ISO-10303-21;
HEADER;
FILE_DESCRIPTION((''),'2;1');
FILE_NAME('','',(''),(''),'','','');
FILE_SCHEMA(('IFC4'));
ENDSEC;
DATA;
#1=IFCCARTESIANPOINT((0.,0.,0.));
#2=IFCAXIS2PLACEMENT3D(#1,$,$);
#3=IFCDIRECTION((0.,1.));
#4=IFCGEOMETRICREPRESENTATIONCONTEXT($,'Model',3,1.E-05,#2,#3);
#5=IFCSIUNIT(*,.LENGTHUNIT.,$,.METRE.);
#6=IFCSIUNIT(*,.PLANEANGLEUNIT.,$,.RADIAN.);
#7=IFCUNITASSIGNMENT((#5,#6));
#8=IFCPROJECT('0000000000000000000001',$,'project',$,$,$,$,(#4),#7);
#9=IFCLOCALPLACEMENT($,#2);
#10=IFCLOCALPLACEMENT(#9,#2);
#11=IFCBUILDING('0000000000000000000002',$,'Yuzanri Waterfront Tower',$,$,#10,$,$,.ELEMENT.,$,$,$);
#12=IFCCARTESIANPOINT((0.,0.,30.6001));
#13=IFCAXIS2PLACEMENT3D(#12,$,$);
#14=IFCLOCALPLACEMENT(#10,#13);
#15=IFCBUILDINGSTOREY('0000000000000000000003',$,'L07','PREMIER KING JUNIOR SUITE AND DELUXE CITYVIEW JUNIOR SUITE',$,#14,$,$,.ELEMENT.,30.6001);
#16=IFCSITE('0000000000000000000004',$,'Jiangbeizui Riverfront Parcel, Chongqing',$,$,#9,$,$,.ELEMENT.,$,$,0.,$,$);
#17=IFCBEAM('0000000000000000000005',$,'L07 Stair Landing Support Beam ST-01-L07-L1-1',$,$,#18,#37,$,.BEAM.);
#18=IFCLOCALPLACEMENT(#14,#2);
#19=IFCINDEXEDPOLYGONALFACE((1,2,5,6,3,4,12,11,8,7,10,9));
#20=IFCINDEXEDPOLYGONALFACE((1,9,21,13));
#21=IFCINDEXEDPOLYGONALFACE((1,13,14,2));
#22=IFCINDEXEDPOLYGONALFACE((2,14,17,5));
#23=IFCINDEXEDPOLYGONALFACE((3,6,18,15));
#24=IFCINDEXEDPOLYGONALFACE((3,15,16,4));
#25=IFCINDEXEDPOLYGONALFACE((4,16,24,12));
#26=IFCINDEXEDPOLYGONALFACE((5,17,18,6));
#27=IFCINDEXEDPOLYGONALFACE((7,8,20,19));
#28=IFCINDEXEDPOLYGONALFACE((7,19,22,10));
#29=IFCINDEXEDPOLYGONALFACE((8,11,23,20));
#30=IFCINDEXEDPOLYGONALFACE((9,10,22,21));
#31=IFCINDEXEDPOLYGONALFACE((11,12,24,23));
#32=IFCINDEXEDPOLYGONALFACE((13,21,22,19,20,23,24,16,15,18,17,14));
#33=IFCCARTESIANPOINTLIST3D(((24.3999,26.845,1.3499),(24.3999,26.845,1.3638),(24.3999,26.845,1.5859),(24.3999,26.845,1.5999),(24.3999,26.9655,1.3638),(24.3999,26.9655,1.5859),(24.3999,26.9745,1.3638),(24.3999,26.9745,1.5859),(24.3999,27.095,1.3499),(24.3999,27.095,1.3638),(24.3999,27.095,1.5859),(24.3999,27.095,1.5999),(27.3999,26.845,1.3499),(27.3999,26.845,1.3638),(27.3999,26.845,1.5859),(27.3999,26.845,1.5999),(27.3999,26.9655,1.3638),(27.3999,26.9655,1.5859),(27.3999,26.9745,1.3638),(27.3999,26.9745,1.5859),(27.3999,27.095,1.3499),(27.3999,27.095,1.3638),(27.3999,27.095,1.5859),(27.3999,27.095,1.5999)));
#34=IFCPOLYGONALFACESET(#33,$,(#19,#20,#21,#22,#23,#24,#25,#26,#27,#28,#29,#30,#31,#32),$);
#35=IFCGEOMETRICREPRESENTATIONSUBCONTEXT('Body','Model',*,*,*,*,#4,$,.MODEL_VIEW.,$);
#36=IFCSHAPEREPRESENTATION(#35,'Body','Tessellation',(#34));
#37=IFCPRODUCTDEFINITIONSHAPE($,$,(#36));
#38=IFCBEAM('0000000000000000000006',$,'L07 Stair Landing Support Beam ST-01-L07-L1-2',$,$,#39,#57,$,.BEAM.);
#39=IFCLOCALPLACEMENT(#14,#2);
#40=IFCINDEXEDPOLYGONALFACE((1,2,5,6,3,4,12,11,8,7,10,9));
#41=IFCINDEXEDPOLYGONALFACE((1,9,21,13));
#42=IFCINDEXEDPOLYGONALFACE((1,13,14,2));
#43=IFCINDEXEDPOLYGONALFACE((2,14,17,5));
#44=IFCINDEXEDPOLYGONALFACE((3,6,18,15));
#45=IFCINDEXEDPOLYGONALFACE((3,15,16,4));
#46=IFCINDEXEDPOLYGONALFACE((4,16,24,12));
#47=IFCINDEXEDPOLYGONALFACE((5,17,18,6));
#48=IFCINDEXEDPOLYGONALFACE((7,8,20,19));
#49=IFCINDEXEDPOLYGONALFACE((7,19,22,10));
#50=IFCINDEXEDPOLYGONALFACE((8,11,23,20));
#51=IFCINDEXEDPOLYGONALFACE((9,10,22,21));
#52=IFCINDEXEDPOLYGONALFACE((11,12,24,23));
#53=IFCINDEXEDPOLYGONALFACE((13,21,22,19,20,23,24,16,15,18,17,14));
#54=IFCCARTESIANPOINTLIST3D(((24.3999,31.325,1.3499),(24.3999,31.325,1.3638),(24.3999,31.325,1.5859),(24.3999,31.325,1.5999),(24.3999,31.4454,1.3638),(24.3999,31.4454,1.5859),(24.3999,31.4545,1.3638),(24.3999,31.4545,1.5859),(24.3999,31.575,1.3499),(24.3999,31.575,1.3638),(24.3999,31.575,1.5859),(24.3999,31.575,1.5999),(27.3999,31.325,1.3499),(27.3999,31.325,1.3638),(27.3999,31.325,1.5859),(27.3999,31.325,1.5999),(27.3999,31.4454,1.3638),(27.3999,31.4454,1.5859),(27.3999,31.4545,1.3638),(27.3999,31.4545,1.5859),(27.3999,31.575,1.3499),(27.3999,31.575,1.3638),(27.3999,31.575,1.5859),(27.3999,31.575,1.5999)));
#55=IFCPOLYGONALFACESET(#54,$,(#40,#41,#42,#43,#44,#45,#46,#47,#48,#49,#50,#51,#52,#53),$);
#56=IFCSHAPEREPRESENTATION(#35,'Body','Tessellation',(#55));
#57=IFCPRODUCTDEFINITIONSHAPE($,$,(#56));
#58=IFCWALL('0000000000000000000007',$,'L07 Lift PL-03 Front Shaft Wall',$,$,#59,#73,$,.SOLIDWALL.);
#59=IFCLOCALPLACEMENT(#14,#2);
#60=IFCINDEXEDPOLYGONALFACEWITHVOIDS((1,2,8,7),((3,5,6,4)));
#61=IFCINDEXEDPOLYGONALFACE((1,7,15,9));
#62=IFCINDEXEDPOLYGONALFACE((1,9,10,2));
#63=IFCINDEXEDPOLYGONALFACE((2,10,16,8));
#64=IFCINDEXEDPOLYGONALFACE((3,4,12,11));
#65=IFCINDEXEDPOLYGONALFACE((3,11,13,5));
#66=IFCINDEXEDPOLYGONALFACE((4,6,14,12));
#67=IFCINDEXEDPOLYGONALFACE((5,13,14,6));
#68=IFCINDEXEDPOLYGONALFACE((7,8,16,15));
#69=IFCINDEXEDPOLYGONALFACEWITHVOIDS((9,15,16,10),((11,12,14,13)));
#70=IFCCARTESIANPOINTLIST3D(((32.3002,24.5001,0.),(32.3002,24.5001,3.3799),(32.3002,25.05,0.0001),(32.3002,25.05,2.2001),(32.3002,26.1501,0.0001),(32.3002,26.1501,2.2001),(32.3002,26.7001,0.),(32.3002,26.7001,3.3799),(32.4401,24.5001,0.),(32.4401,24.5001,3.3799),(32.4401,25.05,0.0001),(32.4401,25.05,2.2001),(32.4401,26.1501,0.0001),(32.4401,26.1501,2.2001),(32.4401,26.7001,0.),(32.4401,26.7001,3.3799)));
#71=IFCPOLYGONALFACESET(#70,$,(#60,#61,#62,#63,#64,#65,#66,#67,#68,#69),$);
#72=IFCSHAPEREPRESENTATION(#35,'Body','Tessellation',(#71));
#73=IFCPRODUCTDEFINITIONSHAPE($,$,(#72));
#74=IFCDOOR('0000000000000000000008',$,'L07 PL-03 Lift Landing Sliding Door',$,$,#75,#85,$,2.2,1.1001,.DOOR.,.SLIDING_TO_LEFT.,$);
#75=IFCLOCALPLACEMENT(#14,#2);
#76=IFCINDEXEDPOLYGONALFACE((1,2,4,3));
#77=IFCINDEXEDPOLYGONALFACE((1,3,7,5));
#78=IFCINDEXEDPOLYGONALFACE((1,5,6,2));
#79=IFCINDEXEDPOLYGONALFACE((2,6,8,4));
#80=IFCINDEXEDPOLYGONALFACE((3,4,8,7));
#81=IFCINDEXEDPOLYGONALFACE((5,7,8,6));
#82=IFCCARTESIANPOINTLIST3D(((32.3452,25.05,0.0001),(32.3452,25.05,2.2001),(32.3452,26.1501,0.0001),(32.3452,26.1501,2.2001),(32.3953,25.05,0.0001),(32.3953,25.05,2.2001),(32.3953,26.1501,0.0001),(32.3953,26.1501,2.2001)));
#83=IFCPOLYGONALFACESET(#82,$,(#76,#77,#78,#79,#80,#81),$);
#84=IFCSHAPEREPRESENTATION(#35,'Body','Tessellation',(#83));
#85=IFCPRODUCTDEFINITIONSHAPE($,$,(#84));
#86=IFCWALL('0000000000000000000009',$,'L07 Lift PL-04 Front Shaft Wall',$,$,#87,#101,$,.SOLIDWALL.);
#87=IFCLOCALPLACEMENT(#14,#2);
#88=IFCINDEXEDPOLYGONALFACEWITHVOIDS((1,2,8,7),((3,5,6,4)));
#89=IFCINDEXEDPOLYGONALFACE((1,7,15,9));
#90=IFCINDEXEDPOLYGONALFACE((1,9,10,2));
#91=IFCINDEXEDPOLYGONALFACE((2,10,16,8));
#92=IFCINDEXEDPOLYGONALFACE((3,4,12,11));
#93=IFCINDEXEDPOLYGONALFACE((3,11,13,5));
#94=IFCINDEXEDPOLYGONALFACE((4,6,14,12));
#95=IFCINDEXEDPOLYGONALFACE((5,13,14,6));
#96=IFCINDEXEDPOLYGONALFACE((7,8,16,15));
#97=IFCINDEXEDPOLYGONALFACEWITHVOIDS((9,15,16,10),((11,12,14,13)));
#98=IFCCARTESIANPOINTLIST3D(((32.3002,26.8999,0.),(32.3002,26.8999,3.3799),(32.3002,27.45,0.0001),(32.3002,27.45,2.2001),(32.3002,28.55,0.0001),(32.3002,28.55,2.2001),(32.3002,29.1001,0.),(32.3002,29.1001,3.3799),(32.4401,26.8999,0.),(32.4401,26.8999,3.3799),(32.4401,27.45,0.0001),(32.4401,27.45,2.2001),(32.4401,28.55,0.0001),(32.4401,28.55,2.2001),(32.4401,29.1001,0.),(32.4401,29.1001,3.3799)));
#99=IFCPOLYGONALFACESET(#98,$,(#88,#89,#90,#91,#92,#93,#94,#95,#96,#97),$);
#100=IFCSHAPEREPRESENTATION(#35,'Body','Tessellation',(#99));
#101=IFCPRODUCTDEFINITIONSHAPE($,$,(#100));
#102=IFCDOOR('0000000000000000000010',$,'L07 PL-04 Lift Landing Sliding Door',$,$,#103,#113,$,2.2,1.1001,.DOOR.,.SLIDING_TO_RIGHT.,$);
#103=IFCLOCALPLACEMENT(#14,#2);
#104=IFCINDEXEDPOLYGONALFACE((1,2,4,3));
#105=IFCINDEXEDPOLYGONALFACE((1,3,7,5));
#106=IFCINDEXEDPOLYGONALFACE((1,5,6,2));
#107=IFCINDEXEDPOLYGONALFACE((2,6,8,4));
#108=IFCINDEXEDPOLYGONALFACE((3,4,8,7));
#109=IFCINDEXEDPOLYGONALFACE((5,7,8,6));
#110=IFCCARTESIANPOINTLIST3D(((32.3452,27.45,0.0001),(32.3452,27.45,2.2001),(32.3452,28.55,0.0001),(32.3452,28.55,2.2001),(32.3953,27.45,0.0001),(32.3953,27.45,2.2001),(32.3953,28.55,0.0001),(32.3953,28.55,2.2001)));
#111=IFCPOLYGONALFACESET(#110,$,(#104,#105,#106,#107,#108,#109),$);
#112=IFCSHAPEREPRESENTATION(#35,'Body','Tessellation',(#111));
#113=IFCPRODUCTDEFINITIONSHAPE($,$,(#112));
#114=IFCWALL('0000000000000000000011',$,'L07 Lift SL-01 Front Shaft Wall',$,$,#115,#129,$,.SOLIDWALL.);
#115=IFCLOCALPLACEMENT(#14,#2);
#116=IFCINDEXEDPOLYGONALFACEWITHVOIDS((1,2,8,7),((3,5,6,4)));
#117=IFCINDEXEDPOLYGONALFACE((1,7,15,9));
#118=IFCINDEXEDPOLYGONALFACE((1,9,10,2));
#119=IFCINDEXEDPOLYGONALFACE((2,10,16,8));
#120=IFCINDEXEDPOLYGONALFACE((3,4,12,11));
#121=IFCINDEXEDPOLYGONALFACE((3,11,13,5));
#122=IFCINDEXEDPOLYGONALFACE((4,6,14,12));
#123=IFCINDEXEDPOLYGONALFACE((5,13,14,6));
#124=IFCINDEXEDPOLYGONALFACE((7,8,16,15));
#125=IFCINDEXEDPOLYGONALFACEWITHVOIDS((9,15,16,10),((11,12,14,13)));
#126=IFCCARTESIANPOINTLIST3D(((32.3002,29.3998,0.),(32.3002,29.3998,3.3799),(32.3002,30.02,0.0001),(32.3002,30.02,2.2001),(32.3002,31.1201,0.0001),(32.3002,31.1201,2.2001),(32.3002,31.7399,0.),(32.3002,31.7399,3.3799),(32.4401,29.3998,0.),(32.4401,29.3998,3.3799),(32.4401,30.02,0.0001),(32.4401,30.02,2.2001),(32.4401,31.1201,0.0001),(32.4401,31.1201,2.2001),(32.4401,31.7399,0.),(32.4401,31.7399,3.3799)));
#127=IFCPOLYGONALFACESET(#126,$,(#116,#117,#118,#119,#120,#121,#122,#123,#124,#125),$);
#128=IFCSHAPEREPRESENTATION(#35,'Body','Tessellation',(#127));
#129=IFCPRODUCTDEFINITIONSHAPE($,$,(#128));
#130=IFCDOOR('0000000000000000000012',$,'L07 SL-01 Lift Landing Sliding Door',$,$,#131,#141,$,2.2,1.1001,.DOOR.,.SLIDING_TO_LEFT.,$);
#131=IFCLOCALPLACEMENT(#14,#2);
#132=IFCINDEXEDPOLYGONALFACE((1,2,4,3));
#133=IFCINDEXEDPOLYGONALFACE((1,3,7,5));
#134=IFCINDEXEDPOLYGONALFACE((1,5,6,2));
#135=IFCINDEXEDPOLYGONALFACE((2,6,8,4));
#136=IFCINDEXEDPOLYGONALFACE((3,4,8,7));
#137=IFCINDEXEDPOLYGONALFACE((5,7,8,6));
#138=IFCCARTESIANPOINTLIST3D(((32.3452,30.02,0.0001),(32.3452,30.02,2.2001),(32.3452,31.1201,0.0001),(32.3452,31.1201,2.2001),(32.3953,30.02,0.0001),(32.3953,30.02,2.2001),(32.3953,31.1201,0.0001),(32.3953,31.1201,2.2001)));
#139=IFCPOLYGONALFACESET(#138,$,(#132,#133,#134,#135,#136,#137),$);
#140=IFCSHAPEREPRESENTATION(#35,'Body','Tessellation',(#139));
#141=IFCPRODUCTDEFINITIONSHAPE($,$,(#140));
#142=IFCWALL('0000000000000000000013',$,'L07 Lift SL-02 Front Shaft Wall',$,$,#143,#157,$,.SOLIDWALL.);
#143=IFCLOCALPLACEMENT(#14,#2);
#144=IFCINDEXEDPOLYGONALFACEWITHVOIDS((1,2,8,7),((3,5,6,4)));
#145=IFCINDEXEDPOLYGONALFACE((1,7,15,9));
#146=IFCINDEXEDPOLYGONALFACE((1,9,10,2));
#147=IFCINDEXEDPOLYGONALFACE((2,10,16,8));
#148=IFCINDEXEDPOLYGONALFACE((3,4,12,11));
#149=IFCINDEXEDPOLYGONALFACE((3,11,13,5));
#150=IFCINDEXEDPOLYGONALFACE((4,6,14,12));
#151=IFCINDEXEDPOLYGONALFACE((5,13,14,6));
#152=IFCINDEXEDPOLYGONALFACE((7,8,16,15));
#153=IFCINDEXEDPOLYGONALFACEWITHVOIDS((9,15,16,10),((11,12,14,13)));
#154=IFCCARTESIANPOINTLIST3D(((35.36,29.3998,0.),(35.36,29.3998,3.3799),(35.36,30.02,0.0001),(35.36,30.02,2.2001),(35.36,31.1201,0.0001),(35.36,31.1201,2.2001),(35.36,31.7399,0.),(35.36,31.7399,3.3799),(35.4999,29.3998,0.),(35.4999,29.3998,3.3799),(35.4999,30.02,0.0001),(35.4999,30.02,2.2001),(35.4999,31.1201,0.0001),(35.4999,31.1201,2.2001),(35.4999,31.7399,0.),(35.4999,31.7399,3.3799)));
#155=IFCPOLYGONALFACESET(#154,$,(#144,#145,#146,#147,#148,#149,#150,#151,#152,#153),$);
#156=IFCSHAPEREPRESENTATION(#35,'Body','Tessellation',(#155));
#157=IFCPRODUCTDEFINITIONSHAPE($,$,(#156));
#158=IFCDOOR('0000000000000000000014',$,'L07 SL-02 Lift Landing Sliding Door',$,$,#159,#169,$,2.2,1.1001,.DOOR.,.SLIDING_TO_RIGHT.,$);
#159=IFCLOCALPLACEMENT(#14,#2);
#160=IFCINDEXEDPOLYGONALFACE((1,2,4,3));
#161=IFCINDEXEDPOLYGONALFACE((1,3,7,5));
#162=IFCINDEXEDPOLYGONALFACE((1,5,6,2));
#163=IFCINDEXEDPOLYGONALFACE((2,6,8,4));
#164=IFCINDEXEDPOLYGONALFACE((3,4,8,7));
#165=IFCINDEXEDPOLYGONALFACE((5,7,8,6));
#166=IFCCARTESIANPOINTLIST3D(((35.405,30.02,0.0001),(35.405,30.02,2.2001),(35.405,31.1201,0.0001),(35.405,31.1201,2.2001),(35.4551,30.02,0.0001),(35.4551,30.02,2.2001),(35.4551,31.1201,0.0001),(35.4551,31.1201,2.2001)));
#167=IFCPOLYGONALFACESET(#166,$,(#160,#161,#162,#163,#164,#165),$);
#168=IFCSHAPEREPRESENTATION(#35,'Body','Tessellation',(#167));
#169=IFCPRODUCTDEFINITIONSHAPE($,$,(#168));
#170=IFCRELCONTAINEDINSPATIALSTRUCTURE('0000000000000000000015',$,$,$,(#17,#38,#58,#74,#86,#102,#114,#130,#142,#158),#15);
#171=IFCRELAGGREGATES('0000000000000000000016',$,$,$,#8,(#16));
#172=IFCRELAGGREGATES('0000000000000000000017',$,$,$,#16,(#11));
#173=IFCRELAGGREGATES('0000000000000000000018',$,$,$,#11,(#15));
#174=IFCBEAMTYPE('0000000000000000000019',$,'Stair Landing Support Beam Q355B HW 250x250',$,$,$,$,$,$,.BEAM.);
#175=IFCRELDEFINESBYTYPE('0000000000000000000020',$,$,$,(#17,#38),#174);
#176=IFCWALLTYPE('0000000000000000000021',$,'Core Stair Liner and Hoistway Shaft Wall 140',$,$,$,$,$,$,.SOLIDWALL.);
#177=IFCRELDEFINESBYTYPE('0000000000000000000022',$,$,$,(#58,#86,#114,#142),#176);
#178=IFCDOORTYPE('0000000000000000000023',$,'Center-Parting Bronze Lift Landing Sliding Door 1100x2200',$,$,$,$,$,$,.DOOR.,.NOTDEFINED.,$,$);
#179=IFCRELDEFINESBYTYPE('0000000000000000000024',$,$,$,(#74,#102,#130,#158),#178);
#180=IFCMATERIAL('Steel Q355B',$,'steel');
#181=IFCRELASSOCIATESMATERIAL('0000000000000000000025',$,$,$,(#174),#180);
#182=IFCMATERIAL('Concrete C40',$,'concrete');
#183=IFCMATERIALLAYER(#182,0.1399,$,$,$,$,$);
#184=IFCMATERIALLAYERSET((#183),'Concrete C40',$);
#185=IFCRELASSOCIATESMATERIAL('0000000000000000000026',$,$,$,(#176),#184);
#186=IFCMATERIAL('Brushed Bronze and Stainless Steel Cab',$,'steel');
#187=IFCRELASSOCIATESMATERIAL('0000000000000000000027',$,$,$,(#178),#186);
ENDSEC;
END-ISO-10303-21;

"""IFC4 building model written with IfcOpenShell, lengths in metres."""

from ifc_helpers import new_model, si_unit, direction, frame, frame_2d, origin, origin_2d, place, context, subcontext, project, spatial, rectangle, i_section, extrude, source, transform, mapped, material, layer, layer_set, material_profile, profile_set, type_object, element, fill, save


model = new_model("IFC4")

# Units and contexts
model_context = context("Model", 3, precision=1e-05, world=origin(), true_north=direction((0.0, 1.0)))
body_context = subcontext(model_context, "Body", "Model", "MODEL_VIEW")
ifc_project = project(units=[si_unit("LENGTHUNIT", "METRE"), si_unit("PLANEANGLEUNIT", "RADIAN")], contexts=[model_context])

# Site, building, storey
site_placement = place(None, origin())
site = spatial("IfcSite", under=ifc_project, at=site_placement, Name="Jiangbeizui Riverfront Parcel, Chongqing", CompositionType="ELEMENT", RefElevation=0.0)
building_placement = place(site_placement, origin())
building = spatial("IfcBuilding", under=site, at=building_placement, Name="Yuzanri Waterfront Tower", CompositionType="ELEMENT")
storey_placement = place(building_placement, frame((0.0, 0.0, 30.6001)))
storey = spatial("IfcBuildingStorey", under=building, at=storey_placement, Name="L07", Description="PREMIER KING JUNIOR SUITE AND DELUXE CITYVIEW JUNIOR SUITE", CompositionType="ELEMENT", Elevation=30.6001)

# Beams
ifc_material_1 = material(Name="Steel Q355B", Category="steel")
ifc_material_profile = material_profile(ifc_material_1, i_section(OverallWidth=0.25, OverallDepth=0.25, WebThickness=0.009, FlangeThickness=0.0139, at=origin_2d()), Name="HW 250x250x9x14")
ifc_profile_set = profile_set([ifc_material_profile], Name="Steel Q355B")
beam_type = type_object("IfcBeamType", Name="Stair Landing Support Beam Q355B HW 250x250", PredefinedType="BEAM", material=ifc_profile_set)
shared_shape_1 = source(origin(), body_context, "Body", "SweptSolid", [
    extrude(i_section(OverallWidth=0.25, OverallDepth=0.25, WebThickness=0.009, FlangeThickness=0.0139, at=origin_2d()), origin(), (0.0, 0.0, 1.0), 3.0),
])
for number, where, z_axis, x_axis, name in (
    (1, (24.3999, 26.97, 1.4749), (1.0, 0.0, 0.0), (0.0, 1.0, 0.0), "L07 Stair Landing Support Beam ST-01-L07-L1-1"),
    (2, (24.3999, 31.45, 1.4749), (1.0, 0.0, 0.0), (0.0, 1.0, 0.0), "L07 Stair Landing Support Beam ST-01-L07-L1-2"),
):
    element("IfcBeam", number, at=place(storey_placement, frame(where, z_axis=z_axis, x_axis=x_axis)), inside=storey, type_object=beam_type, Name=name, PredefinedType="BEAM", context=body_context, shape_type="MappedRepresentation", body=[
        mapped(shared_shape_1, transform((0.0, 0.0, 0.0), scale=1.0)),
    ])

# Walls, openings, doors
ifc_material_2 = material(Name="Concrete C40", Category="concrete")
ifc_layer_1 = layer(ifc_material_2, 0.1399)
ifc_layer_set_1 = layer_set([ifc_layer_1], Name="Concrete C40")
wall_type_1 = type_object("IfcWallType", Name="Core Stair Liner and Hoistway Shaft Wall 140", PredefinedType="SOLIDWALL", material=ifc_layer_set_1)
wall_1_placement = place(storey_placement, frame((32.3701, 24.5, 0.0), z_axis=(0.0, 0.0, 1.0), x_axis=(0.0, 1.0, 0.0)))
wall_1 = element("IfcWall", 3, at=wall_1_placement, inside=storey, type_object=wall_type_1, Name="L07 Lift PL-03 Front Shaft Wall", PredefinedType="SOLIDWALL", context=body_context, shape_type="SweptSolid", body=[
    extrude(rectangle(XDim=2.2, YDim=0.1399, at=frame_2d((1.1001, 0.0))), origin(), (0.0, 0.0, 1.0), 3.3799),
])
opening_1_placement = place(wall_1_placement, frame((0.55, 0.0, 0.0)))
opening_1 = element("IfcOpeningElement", 4, at=opening_1_placement, cuts=wall_1, PredefinedType="OPENING", context=body_context, shape_type="SweptSolid", body=[
    extrude(rectangle(XDim=1.1001, YDim=2.2, at=frame_2d((0.55, 1.1001))), frame((0.0, 0.085, 0.0), z_axis=(0.0, -1.0, 0.0), x_axis=(1.0, 0.0, 0.0)), (0.0, 0.0, 1.0), 0.1697),
])
ifc_material_3 = material(Name="Brushed Bronze and Stainless Steel Cab", Category="steel")
door_type_1 = type_object("IfcDoorType", Name="Center-Parting Bronze Lift Landing Sliding Door 1100x2200", OperationType="NOTDEFINED", PredefinedType="DOOR", material=ifc_material_3)
shared_shape_2 = source(origin(), body_context, "Body", "SweptSolid", [
    extrude(rectangle(XDim=1.1001, YDim=2.2, at=frame_2d((0.55, 1.1001))), frame((0.0, 0.0249, 0.0), z_axis=(0.0, -1.0, 0.0), x_axis=(1.0, 0.0, 0.0)), (0.0, 0.0, 1.0), 0.05),
])
door_1_placement = place(opening_1_placement, origin())
door_1 = element("IfcDoor", 5, at=door_1_placement, inside=storey, type_object=door_type_1, Name="L07 PL-03 Lift Landing Sliding Door", OperationType="SLIDING_TO_LEFT", OverallHeight=2.2, OverallWidth=1.1001, PredefinedType="DOOR", context=body_context, shape_type="MappedRepresentation", body=[
    mapped(shared_shape_2, transform((0.0, 0.0, 0.0), scale=1.0)),
])
fill(opening_1, door_1)
wall_2_placement = place(storey_placement, frame((32.3701, 26.8999, 0.0), z_axis=(0.0, 0.0, 1.0), x_axis=(0.0, 1.0, 0.0)))
wall_2 = element("IfcWall", 6, at=wall_2_placement, inside=storey, type_object=wall_type_1, Name="L07 Lift PL-04 Front Shaft Wall", PredefinedType="SOLIDWALL", context=body_context, shape_type="SweptSolid", body=[
    extrude(rectangle(XDim=2.2002, YDim=0.1399, at=frame_2d((1.1001, 0.0))), origin(), (0.0, 0.0, 1.0), 3.3799),
])
opening_2_placement = place(wall_2_placement, frame((0.55, 0.0, 0.0)))
opening_2 = element("IfcOpeningElement", 7, at=opening_2_placement, cuts=wall_2, PredefinedType="OPENING", context=body_context, shape_type="SweptSolid", body=[
    extrude(rectangle(XDim=1.1001, YDim=2.2, at=frame_2d((0.55, 1.1001))), frame((0.0, 0.085, 0.0), z_axis=(0.0, -1.0, 0.0), x_axis=(1.0, 0.0, 0.0)), (0.0, 0.0, 1.0), 0.1697),
])
door_2_placement = place(opening_2_placement, origin())
door_2 = element("IfcDoor", 8, at=door_2_placement, inside=storey, type_object=door_type_1, Name="L07 PL-04 Lift Landing Sliding Door", OperationType="SLIDING_TO_RIGHT", OverallHeight=2.2, OverallWidth=1.1001, PredefinedType="DOOR", context=body_context, shape_type="MappedRepresentation", body=[
    mapped(shared_shape_2, transform((0.0, 0.0, 0.0), scale=1.0)),
])
fill(opening_2, door_2)
wall_3_placement = place(storey_placement, frame((32.3701, 29.3999, 0.0), z_axis=(0.0, 0.0, 1.0), x_axis=(0.0, 1.0, 0.0)))
wall_3 = element("IfcWall", 9, at=wall_3_placement, inside=storey, type_object=wall_type_1, Name="L07 Lift SL-01 Front Shaft Wall", PredefinedType="SOLIDWALL", context=body_context, shape_type="SweptSolid", body=[
    extrude(rectangle(XDim=2.3401, YDim=0.1399, at=frame_2d((1.1699, 0.0))), origin(), (0.0, 0.0, 1.0), 3.3799),
])
opening_3_placement = place(wall_3_placement, frame((0.6201, 0.0, 0.0)))
opening_3 = element("IfcOpeningElement", 10, at=opening_3_placement, cuts=wall_3, PredefinedType="OPENING", context=body_context, shape_type="SweptSolid", body=[
    extrude(rectangle(XDim=1.1001, YDim=2.2, at=frame_2d((0.55, 1.1001))), frame((0.0, 0.085, 0.0), z_axis=(0.0, -1.0, 0.0), x_axis=(1.0, 0.0, 0.0)), (0.0, 0.0, 1.0), 0.1697),
])
door_3_placement = place(opening_3_placement, origin())
door_3 = element("IfcDoor", 11, at=door_3_placement, inside=storey, type_object=door_type_1, Name="L07 SL-01 Lift Landing Sliding Door", OperationType="SLIDING_TO_LEFT", OverallHeight=2.2, OverallWidth=1.1001, PredefinedType="DOOR", context=body_context, shape_type="MappedRepresentation", body=[
    mapped(shared_shape_2, transform((0.0, 0.0, 0.0), scale=1.0)),
])
fill(opening_3, door_3)
wall_4_placement = place(storey_placement, frame((35.4299, 29.3999, 0.0), z_axis=(0.0, 0.0, 1.0), x_axis=(0.0, 1.0, 0.0)))
wall_4 = element("IfcWall", 12, at=wall_4_placement, inside=storey, type_object=wall_type_1, Name="L07 Lift SL-02 Front Shaft Wall", PredefinedType="SOLIDWALL", context=body_context, shape_type="SweptSolid", body=[
    extrude(rectangle(XDim=2.3401, YDim=0.1399, at=frame_2d((1.1699, 0.0))), origin(), (0.0, 0.0, 1.0), 3.3799),
])
opening_4_placement = place(wall_4_placement, frame((0.6201, 0.0, 0.0)))
opening_4 = element("IfcOpeningElement", 13, at=opening_4_placement, cuts=wall_4, PredefinedType="OPENING", context=body_context, shape_type="SweptSolid", body=[
    extrude(rectangle(XDim=1.1001, YDim=2.2, at=frame_2d((0.55, 1.1001))), frame((0.0, 0.085, 0.0), z_axis=(0.0, -1.0, 0.0), x_axis=(1.0, 0.0, 0.0)), (0.0, 0.0, 1.0), 0.1697),
])
door_4_placement = place(opening_4_placement, origin())
door_4 = element("IfcDoor", 14, at=door_4_placement, inside=storey, type_object=door_type_1, Name="L07 SL-02 Lift Landing Sliding Door", OperationType="SLIDING_TO_RIGHT", OverallHeight=2.2, OverallWidth=1.1001, PredefinedType="DOOR", context=body_context, shape_type="MappedRepresentation", body=[
    mapped(shared_shape_2, transform((0.0, 0.0, 0.0), scale=1.0)),
])
fill(opening_4, door_4)

save(model, "model.ifc")
